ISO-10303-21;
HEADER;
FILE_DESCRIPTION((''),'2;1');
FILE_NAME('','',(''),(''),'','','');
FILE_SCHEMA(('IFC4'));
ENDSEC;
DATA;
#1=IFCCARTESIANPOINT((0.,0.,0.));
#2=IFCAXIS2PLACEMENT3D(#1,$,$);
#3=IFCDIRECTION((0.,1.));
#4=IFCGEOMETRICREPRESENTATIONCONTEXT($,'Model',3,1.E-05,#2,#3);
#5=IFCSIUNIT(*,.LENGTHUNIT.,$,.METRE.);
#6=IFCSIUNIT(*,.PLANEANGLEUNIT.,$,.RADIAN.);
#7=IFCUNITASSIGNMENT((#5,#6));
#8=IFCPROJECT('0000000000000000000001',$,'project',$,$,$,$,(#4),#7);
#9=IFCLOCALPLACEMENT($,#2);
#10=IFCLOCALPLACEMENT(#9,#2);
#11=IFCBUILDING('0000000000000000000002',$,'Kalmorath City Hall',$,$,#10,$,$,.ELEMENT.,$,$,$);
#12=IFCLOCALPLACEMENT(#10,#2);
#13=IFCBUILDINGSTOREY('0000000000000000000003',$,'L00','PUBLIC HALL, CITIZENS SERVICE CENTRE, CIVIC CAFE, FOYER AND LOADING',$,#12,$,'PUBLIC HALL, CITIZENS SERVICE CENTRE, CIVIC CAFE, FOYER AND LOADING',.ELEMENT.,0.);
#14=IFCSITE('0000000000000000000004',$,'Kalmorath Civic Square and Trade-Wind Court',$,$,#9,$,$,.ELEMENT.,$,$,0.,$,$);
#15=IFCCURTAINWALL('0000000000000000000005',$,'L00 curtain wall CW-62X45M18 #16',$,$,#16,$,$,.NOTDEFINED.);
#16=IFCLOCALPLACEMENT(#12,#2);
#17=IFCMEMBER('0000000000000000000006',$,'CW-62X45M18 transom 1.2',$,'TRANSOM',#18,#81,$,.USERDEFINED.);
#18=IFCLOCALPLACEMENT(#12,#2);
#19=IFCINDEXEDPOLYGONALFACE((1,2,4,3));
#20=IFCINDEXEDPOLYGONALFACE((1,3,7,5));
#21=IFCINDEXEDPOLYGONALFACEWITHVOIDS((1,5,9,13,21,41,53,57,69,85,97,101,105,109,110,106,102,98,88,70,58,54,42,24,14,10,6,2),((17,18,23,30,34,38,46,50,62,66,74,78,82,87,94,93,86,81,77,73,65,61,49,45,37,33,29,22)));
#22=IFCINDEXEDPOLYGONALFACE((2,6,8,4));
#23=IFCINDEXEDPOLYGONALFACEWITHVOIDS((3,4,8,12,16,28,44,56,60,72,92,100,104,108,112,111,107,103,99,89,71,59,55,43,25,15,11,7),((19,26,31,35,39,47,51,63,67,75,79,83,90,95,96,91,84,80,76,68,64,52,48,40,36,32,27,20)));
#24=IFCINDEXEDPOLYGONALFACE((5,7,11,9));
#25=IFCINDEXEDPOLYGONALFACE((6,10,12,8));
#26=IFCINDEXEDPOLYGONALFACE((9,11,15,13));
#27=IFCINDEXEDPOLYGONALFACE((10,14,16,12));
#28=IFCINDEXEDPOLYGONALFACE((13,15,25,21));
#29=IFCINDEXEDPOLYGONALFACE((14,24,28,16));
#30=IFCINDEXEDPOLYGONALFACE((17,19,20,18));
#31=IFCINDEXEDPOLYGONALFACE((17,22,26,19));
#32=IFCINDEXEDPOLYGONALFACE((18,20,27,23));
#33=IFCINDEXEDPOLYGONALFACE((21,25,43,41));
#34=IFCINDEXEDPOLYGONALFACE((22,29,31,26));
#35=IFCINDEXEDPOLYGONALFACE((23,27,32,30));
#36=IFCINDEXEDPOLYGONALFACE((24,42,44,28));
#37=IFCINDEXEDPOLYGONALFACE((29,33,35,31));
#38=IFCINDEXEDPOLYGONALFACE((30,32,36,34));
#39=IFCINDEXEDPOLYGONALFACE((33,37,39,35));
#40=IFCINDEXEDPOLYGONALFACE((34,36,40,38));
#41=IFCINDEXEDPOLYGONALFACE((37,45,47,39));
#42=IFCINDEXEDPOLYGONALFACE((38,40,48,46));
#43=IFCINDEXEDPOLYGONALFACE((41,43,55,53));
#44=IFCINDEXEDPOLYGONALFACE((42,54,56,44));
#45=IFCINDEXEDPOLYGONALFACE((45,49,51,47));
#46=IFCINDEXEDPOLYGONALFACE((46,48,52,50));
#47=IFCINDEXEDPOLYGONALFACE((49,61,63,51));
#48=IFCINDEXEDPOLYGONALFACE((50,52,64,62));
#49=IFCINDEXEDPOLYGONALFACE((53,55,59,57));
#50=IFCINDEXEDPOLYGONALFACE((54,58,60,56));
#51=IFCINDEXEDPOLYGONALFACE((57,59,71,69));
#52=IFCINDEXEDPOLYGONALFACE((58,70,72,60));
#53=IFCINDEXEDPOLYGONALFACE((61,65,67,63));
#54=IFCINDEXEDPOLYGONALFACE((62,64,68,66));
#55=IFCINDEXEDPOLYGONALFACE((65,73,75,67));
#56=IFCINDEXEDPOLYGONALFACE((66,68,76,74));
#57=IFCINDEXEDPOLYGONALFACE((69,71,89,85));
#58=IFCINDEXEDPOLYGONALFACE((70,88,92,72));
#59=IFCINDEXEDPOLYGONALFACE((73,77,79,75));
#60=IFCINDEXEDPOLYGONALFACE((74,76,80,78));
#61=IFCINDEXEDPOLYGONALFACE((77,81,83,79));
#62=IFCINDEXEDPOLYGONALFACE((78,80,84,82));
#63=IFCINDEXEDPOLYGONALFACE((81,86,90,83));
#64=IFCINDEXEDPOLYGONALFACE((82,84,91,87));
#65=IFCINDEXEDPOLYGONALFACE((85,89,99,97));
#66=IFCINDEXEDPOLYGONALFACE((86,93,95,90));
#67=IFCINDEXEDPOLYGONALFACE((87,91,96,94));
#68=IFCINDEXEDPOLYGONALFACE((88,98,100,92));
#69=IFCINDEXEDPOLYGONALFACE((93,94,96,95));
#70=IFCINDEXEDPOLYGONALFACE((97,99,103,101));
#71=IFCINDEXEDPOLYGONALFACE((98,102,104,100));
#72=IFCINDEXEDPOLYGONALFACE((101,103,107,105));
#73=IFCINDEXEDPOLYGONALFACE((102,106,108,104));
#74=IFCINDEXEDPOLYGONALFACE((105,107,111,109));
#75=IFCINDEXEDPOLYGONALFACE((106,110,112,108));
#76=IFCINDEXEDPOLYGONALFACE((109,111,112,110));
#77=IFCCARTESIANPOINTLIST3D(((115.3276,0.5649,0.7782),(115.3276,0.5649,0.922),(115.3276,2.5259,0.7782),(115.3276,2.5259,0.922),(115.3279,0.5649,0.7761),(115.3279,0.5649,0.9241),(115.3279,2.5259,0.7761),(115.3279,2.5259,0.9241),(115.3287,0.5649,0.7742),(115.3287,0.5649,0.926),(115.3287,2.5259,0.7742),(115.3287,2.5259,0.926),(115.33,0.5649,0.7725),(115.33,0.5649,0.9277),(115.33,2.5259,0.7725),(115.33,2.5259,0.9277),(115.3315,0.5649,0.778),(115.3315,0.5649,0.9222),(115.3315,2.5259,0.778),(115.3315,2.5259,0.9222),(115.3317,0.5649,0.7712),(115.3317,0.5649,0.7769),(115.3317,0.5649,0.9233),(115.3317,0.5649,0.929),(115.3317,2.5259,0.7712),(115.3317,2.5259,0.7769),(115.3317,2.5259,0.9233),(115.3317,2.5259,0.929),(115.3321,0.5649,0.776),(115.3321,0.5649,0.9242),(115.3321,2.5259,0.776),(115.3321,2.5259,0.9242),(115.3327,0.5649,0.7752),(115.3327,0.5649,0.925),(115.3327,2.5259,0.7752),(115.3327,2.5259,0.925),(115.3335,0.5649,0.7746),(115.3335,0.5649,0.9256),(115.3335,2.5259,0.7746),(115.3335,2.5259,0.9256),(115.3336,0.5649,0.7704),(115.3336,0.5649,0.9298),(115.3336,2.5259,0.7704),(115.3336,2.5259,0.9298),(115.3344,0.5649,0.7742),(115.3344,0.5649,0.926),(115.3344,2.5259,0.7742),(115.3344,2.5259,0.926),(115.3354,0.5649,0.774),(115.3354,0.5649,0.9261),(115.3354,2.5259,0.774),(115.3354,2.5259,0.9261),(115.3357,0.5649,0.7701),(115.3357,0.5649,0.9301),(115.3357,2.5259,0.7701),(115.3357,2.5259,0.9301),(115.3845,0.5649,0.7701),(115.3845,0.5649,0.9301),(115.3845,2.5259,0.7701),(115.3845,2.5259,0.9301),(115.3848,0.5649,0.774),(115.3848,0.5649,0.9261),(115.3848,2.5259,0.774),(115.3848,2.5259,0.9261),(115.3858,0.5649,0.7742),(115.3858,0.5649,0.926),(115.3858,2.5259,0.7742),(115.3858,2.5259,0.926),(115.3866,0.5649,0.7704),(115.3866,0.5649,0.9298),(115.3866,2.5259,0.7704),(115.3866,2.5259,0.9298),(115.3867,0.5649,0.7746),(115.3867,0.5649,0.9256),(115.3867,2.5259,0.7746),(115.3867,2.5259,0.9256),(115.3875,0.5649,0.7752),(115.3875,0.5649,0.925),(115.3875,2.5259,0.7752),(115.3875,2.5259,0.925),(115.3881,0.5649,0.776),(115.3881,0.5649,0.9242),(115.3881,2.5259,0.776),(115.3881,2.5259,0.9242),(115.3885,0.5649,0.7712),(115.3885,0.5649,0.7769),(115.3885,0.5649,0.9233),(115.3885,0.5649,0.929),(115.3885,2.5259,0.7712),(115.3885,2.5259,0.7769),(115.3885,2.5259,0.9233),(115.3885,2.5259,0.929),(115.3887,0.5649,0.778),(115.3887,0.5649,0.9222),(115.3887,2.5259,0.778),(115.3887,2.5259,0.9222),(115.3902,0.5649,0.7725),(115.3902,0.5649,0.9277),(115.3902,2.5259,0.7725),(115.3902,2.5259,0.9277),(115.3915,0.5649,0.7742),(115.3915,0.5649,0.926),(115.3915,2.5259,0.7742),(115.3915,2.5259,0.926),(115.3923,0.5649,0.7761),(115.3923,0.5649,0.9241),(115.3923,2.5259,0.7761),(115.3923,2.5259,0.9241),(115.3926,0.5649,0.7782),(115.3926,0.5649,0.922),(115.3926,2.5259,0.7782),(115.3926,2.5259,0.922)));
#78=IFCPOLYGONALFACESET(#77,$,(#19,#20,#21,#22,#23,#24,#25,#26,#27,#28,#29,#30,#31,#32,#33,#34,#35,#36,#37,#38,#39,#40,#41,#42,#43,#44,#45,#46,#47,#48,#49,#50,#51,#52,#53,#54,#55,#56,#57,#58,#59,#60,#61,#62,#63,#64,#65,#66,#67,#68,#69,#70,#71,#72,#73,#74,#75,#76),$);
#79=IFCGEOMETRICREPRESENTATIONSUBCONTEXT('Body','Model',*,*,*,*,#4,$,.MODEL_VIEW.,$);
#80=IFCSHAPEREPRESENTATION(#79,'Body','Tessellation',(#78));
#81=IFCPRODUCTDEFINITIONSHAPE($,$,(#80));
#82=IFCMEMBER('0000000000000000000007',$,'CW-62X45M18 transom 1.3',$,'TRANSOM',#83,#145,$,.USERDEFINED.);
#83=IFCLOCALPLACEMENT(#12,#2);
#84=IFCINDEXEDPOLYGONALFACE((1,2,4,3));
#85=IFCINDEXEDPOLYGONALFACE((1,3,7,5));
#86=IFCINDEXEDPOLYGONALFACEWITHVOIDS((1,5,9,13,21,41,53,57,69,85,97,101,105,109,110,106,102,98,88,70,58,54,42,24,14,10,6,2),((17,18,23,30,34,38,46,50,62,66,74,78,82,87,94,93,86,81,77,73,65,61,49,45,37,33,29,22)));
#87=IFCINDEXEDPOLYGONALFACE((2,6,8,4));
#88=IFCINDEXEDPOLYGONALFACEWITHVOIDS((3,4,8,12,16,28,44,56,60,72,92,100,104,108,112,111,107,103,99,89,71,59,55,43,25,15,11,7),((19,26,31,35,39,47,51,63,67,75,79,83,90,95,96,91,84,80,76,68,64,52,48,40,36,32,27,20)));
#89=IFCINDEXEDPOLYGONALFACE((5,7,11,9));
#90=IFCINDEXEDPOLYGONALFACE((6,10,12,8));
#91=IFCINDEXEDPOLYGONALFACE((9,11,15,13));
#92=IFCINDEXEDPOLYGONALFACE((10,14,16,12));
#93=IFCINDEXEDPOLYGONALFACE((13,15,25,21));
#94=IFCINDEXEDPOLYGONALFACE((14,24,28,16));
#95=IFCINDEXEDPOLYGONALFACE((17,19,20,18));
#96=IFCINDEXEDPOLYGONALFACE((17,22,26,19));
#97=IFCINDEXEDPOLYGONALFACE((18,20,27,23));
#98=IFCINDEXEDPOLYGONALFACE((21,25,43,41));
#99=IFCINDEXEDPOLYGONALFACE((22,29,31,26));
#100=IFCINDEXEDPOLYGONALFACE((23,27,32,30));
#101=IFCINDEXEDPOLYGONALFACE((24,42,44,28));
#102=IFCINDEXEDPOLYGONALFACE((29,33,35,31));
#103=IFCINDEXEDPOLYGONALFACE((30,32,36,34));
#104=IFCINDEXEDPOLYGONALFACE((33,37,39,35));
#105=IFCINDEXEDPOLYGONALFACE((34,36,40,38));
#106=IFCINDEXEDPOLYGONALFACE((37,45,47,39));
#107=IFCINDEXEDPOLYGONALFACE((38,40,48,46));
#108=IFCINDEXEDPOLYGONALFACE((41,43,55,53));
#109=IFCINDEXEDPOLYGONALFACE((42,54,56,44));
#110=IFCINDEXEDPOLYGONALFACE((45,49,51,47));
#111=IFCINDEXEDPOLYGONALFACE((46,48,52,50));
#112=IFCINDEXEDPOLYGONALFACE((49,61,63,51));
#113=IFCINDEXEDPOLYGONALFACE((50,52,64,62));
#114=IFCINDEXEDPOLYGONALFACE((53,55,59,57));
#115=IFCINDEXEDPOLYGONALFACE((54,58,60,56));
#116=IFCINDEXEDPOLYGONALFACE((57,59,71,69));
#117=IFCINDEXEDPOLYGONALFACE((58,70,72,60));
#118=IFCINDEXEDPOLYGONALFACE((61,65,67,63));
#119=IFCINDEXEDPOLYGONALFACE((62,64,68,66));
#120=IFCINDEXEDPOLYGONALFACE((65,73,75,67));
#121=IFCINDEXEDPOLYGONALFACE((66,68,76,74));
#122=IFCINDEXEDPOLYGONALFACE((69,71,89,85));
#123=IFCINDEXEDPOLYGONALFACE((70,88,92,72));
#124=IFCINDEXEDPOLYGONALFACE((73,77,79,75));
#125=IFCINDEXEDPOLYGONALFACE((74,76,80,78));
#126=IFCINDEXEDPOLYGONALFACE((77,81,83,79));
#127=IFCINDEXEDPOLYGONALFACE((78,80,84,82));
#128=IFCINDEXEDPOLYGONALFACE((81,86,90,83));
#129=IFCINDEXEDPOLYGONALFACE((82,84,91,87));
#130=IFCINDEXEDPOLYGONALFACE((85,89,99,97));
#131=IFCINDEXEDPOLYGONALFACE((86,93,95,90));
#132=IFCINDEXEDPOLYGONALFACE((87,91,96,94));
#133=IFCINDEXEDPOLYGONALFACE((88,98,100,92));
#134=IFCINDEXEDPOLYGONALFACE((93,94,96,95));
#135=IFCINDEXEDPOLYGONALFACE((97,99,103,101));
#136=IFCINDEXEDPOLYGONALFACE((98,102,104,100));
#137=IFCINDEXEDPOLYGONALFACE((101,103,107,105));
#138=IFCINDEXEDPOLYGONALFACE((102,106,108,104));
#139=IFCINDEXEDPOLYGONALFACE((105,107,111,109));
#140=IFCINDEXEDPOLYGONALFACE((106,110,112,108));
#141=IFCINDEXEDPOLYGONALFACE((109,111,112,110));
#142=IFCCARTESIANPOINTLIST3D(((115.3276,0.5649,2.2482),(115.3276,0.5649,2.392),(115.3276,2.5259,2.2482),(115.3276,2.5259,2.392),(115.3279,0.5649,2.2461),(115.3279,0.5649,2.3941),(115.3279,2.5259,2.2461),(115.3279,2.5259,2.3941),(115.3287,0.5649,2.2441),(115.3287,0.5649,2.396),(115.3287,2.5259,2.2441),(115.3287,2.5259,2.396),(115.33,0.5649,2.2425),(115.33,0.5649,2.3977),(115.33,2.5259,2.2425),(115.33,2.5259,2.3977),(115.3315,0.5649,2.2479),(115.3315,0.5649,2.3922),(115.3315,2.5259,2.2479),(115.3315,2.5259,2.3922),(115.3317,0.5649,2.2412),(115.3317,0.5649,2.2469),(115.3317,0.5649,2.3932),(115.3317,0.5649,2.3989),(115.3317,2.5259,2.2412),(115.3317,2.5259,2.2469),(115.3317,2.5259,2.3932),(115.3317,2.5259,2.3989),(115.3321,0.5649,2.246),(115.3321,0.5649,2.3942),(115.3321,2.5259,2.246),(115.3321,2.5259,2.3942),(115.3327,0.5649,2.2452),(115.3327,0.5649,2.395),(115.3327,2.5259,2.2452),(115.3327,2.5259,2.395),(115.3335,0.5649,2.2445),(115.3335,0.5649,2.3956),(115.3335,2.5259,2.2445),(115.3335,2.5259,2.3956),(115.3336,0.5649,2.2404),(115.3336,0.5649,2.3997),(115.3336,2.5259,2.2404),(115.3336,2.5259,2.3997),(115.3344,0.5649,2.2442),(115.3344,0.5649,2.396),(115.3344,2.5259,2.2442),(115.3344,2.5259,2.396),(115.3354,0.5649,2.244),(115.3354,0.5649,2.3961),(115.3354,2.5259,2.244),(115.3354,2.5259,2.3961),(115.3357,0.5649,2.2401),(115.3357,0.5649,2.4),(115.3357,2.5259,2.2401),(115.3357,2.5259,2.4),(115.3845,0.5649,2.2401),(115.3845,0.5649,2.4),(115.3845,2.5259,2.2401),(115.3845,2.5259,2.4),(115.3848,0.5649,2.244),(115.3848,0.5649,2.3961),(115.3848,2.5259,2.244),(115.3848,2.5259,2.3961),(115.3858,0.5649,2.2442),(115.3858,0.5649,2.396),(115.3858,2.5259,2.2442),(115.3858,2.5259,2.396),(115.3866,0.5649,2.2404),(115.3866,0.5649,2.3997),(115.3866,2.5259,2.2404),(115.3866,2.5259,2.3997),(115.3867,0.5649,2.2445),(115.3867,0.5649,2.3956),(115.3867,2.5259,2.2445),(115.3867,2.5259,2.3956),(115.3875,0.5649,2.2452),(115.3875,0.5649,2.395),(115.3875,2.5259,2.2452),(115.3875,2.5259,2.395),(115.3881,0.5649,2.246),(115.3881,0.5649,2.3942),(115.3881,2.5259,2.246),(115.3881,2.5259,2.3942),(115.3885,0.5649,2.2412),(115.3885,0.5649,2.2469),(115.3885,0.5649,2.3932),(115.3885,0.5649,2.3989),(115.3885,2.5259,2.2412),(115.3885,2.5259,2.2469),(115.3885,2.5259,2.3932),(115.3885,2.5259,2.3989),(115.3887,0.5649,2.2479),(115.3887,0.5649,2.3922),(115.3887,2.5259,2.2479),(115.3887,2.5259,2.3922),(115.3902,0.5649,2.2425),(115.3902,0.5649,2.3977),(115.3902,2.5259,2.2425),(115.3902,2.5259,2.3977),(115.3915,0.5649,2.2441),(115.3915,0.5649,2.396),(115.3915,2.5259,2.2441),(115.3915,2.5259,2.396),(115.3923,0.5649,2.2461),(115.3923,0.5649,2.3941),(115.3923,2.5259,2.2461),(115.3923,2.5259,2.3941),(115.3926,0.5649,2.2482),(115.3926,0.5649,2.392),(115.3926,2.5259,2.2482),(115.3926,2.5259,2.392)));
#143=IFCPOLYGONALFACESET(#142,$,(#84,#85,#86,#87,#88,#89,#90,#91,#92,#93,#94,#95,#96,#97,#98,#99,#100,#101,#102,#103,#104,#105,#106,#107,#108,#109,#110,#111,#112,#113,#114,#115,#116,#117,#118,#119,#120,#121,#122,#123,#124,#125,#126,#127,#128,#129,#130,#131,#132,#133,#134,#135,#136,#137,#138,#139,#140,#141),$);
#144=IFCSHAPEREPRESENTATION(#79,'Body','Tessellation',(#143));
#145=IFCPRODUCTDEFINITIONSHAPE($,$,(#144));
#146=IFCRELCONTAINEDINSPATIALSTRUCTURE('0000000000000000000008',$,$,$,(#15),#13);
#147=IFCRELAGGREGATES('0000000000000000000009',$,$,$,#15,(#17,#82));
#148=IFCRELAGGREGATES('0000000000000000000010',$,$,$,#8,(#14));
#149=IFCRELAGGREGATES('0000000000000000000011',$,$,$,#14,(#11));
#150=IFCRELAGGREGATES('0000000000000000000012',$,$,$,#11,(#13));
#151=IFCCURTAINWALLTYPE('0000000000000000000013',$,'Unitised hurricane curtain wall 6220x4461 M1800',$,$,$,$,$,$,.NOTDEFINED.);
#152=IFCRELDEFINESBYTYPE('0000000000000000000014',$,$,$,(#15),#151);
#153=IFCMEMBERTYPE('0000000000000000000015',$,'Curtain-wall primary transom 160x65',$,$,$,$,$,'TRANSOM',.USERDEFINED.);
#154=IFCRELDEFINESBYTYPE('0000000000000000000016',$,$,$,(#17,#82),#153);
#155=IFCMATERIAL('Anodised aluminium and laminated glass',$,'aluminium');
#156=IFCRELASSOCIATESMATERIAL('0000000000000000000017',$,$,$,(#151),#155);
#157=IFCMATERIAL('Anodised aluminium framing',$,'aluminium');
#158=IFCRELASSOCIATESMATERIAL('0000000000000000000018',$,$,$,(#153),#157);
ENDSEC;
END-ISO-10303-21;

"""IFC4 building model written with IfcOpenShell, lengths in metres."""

from ifc_helpers import new_model, si_unit, direction, frame, origin, origin_2d, place, context, subcontext, project, spatial, hollow_rectangle, extrude, material, material_profile, profile_set, type_object, element, aggregate, save


model = new_model("IFC4")

# Units and contexts
model_context = context("Model", 3, precision=1e-05, world=origin(), true_north=direction((0.0, 1.0)))
body_context = subcontext(model_context, "Body", "Model", "MODEL_VIEW")
ifc_project = project(units=[si_unit("LENGTHUNIT", "METRE"), si_unit("PLANEANGLEUNIT", "RADIAN")], contexts=[model_context])

# Site, building, storey
site_placement = place(None, origin())
site = spatial("IfcSite", under=ifc_project, at=site_placement, Name="Kalmorath Civic Square and Trade-Wind Court", CompositionType="ELEMENT", RefElevation=0.0)
building_placement = place(site_placement, origin())
building = spatial("IfcBuilding", under=site, at=building_placement, Name="Kalmorath City Hall", CompositionType="ELEMENT")
storey_placement = place(building_placement, origin())
storey = spatial("IfcBuildingStorey", under=building, at=storey_placement, Name="L00", Description="PUBLIC HALL, CITIZENS SERVICE CENTRE, CIVIC CAFE, FOYER AND LOADING", LongName="PUBLIC HALL, CITIZENS SERVICE CENTRE, CIVIC CAFE, FOYER AND LOADING", CompositionType="ELEMENT", Elevation=0.0)

# Curtain wall
ifc_material_1 = material(Name="Anodised aluminium and laminated glass", Category="aluminium")
curtain_wall_type_1 = type_object("IfcCurtainWallType", Name="Unitised hurricane curtain wall 6220x4461 M1800", PredefinedType="NOTDEFINED", material=ifc_material_1)
curtain_wall_1_placement = place(storey_placement, origin())
curtain_wall_1 = element("IfcCurtainWall", 1, at=curtain_wall_1_placement, inside=storey, type_object=curtain_wall_type_1, Name="L00 curtain wall CW-62X45M18 #16", PredefinedType="NOTDEFINED")

# Members
ifc_material_2 = material(Name="Anodised aluminium framing", Category="aluminium")
ifc_material_profile_1 = material_profile(ifc_material_2, hollow_rectangle(XDim=0.0649, YDim=0.1599, WallThickness=0.0039, InnerFilletRadius=0.0039, OuterFilletRadius=0.0081, at=origin_2d()), Name="ALU-TRN-160X65X4")
ifc_profile_set_1 = profile_set([ifc_material_profile_1], Name="Anodised aluminium framing")
member_type_1 = type_object("IfcMemberType", Name="Curtain-wall primary transom 160x65", ElementType="TRANSOM", PredefinedType="USERDEFINED", material=ifc_profile_set_1)
member_1_placement = place(storey_placement, frame((115.3601, 0.5649, 0.8501), z_axis=(0.0, 1.0, 0.0), x_axis=(-1.0, 0.0, 0.0)))
member_1 = element("IfcMember", 2, at=member_1_placement, type_object=member_type_1, Name="CW-62X45M18 transom 1.2", ObjectType="TRANSOM", PredefinedType="USERDEFINED", context=body_context, shape_type="SweptSolid", body=[
    extrude(hollow_rectangle(XDim=0.0649, YDim=0.1599, WallThickness=0.0039, InnerFilletRadius=0.0039, OuterFilletRadius=0.0081, at=origin_2d()), origin(), (0.0, 0.0, 1.0), 1.9609),
])
member_2_placement = place(storey_placement, frame((115.3601, 0.5649, 2.3201), z_axis=(0.0, 1.0, 0.0), x_axis=(-1.0, 0.0, 0.0)))
member_2 = element("IfcMember", 3, at=member_2_placement, type_object=member_type_1, Name="CW-62X45M18 transom 1.3", ObjectType="TRANSOM", PredefinedType="USERDEFINED", context=body_context, shape_type="SweptSolid", body=[
    extrude(hollow_rectangle(XDim=0.0649, YDim=0.1599, WallThickness=0.0039, InnerFilletRadius=0.0039, OuterFilletRadius=0.0081, at=origin_2d()), origin(), (0.0, 0.0, 1.0), 1.9609),
])

aggregate(curtain_wall_1, [member_1, member_2])

save(model, "model.ifc")
